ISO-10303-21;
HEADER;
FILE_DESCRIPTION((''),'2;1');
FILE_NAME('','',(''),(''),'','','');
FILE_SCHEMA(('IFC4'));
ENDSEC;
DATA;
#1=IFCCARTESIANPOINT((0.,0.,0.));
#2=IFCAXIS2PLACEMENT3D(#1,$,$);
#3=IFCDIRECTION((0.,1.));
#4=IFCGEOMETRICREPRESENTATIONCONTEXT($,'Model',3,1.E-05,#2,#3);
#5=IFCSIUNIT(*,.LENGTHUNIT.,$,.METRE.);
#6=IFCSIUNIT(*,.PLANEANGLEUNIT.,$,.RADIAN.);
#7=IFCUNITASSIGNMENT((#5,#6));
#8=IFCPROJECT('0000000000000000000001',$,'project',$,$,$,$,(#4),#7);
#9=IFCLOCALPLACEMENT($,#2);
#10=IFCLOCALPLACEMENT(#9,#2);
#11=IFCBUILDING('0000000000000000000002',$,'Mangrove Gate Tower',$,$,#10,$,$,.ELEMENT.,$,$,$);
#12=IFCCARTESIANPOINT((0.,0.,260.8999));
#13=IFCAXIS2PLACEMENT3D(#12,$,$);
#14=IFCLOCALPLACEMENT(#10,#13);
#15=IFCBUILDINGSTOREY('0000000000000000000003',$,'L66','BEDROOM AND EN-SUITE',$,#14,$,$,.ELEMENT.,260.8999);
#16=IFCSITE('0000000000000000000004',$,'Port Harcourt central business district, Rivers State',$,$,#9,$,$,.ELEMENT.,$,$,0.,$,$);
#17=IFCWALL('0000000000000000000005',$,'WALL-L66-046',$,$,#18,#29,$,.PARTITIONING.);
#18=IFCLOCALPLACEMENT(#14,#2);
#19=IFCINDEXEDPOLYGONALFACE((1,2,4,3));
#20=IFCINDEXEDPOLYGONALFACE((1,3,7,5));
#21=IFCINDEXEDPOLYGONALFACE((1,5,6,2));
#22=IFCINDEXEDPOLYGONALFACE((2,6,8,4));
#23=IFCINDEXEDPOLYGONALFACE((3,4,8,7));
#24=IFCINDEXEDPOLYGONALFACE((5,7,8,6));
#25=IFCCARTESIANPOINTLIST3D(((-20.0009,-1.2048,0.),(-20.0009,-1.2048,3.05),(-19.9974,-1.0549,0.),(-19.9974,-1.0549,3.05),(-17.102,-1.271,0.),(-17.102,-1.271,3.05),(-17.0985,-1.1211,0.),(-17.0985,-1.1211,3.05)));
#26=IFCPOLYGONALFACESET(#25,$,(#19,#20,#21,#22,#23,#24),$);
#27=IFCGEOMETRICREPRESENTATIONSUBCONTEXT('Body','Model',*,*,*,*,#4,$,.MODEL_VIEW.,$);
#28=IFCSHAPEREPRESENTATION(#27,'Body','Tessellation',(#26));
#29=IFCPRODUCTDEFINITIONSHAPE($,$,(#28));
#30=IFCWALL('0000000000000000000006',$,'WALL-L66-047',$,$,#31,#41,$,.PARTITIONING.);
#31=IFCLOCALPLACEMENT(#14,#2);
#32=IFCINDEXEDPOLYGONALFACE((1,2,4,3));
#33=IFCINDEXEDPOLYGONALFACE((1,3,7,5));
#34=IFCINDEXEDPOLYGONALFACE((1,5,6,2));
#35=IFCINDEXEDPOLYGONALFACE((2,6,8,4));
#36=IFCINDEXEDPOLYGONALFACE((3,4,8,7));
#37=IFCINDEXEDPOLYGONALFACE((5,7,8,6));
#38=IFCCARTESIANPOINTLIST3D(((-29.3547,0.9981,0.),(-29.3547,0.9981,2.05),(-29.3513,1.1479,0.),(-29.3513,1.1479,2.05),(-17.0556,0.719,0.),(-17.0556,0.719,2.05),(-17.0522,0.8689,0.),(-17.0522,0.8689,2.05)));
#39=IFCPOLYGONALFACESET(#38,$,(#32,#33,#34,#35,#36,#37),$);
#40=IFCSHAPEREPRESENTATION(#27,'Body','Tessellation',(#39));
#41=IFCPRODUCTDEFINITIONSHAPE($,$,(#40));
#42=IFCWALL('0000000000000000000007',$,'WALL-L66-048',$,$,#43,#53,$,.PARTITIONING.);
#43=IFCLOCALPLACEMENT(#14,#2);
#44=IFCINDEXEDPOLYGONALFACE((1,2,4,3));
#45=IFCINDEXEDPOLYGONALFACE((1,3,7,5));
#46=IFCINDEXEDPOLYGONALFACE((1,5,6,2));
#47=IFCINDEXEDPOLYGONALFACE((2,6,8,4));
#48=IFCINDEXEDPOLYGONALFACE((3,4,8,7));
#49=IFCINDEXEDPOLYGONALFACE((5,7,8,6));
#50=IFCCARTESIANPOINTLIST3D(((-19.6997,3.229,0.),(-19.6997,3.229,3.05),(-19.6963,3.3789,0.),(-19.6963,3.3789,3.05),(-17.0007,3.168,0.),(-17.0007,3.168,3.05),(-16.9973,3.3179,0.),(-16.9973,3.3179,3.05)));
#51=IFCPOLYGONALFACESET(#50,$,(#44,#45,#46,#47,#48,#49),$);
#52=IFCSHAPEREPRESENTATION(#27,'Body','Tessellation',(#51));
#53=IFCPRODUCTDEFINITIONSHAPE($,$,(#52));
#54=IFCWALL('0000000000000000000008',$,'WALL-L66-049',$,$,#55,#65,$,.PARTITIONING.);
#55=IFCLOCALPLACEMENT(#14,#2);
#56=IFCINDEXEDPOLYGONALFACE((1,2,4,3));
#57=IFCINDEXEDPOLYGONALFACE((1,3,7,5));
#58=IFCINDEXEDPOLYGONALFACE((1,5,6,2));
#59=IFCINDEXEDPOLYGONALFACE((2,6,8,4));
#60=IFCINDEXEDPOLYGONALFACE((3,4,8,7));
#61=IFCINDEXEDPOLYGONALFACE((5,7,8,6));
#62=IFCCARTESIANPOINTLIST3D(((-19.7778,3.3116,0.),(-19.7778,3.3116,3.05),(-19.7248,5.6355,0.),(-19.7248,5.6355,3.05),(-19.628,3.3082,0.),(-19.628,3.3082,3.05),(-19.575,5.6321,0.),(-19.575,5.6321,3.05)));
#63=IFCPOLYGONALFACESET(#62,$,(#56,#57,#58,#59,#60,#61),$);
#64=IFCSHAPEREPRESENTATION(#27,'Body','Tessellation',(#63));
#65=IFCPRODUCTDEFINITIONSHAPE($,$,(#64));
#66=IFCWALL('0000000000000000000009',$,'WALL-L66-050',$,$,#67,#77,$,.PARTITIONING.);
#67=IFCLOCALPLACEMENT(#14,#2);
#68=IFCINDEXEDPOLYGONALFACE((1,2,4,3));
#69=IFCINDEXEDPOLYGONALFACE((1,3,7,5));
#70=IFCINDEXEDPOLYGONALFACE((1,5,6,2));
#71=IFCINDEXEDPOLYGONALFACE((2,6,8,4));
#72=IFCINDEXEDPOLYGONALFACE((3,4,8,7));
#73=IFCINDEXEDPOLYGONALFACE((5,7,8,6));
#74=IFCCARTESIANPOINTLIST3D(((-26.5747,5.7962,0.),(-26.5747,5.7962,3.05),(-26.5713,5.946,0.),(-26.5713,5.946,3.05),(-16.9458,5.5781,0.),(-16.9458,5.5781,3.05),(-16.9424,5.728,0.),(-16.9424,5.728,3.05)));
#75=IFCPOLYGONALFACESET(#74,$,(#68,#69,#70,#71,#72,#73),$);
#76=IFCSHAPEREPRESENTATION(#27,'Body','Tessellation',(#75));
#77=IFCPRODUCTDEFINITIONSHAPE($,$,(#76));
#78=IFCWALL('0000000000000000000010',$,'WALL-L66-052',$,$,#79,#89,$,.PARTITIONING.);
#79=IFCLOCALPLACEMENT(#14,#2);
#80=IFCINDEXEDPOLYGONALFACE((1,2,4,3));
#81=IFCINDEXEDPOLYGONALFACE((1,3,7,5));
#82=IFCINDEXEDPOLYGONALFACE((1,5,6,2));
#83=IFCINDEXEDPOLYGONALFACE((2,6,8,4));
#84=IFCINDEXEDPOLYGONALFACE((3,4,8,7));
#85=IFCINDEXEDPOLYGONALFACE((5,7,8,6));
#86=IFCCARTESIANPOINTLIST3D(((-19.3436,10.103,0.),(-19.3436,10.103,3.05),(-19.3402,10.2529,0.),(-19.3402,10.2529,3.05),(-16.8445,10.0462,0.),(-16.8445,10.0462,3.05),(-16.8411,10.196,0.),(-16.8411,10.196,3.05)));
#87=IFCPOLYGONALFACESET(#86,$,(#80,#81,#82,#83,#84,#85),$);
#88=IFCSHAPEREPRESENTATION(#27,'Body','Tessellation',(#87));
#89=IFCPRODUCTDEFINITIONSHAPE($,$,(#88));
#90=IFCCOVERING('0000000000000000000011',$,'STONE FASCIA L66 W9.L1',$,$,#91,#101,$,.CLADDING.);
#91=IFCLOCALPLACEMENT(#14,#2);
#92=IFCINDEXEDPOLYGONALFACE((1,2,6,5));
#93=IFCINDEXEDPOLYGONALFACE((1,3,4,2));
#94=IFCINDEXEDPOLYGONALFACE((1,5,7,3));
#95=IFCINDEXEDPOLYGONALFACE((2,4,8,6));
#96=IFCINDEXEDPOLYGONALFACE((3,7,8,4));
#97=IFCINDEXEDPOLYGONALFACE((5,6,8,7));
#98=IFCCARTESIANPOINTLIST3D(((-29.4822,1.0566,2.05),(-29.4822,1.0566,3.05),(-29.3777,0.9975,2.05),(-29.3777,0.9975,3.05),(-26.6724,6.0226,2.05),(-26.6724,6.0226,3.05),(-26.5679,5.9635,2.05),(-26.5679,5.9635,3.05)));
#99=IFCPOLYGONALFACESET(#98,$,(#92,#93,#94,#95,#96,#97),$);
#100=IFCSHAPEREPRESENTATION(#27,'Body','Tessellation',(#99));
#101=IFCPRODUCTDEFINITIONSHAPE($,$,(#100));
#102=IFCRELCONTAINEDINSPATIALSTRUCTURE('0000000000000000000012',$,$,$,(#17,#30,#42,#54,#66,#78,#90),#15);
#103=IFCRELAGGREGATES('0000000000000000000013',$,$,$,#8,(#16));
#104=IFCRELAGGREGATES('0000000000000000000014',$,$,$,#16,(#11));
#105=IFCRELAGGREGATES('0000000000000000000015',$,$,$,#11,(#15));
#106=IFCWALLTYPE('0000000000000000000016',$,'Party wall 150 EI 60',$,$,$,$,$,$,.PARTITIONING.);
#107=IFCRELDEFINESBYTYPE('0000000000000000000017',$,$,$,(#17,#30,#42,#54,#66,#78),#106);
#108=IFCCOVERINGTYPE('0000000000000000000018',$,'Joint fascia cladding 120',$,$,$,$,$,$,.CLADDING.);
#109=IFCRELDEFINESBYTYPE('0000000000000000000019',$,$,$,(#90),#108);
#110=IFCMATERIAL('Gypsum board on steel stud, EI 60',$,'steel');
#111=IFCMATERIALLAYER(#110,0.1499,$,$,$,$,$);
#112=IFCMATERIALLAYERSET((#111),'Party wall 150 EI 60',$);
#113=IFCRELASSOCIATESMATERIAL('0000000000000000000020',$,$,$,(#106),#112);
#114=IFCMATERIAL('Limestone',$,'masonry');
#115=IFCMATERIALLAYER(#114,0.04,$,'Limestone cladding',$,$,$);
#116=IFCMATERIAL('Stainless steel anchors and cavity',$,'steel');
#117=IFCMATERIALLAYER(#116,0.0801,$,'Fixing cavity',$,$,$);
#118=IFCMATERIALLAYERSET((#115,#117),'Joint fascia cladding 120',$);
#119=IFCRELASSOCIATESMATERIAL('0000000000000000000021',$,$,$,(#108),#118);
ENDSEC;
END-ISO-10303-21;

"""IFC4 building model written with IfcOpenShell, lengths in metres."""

from ifc_helpers import new_model, si_unit, direction, frame, frame_2d, origin, place, context, subcontext, project, spatial, rectangle, extrude, material, layer, layer_set, type_object, element, save


model = new_model("IFC4")

# Units and contexts
model_context = context("Model", 3, precision=1e-05, world=origin(), true_north=direction((0.0, 1.0)))
body_context = subcontext(model_context, "Body", "Model", "MODEL_VIEW")
ifc_project = project(units=[si_unit("LENGTHUNIT", "METRE"), si_unit("PLANEANGLEUNIT", "RADIAN")], contexts=[model_context])

# Site, building, storey
site_placement = place(None, origin())
site = spatial("IfcSite", under=ifc_project, at=site_placement, Name="Port Harcourt central business district, Rivers State", CompositionType="ELEMENT", RefElevation=0.0)
building_placement = place(site_placement, origin())
building = spatial("IfcBuilding", under=site, at=building_placement, Name="Mangrove Gate Tower", CompositionType="ELEMENT")
storey_placement = place(building_placement, frame((0.0, 0.0, 260.8999)))
storey = spatial("IfcBuildingStorey", under=building, at=storey_placement, Name="L66", Description="BEDROOM AND EN-SUITE", CompositionType="ELEMENT", Elevation=260.8999)

# Shared definitions
ifc_material_1 = material(Name="Limestone", Category="masonry")

# Walls
ifc_material_2 = material(Name="Gypsum board on steel stud, EI 60", Category="steel")
ifc_layer_1 = layer(ifc_material_2, 0.1499)
ifc_layer_set_1 = layer_set([ifc_layer_1], Name="Party wall 150 EI 60")
wall_type_1 = type_object("IfcWallType", Name="Party wall 150 EI 60", PredefinedType="PARTITIONING", material=ifc_layer_set_1)
wall_1_placement = place(storey_placement, frame((-19.999, -1.1299, 0.0), z_axis=(0.0, 0.0, 1.0), x_axis=(0.99974, -0.022817, 0.0)))
element("IfcWall", 1, at=wall_1_placement, inside=storey, type_object=wall_type_1, Name="WALL-L66-046", PredefinedType="PARTITIONING", context=body_context, shape_type="SweptSolid", body=[
    extrude(rectangle(XDim=2.8997, YDim=0.1499, at=frame_2d((1.4497, 0.0))), origin(), (0.0, 0.0, 1.0), 3.05),
])
wall_2_placement = place(storey_placement, frame((-29.353, 1.073, 0.0), z_axis=(0.0, 0.0, 1.0), x_axis=(0.999743, -0.022683, 0.0)))
element("IfcWall", 2, at=wall_2_placement, inside=storey, type_object=wall_type_1, Name="WALL-L66-047", PredefinedType="PARTITIONING", context=body_context, shape_type="SweptSolid", body=[
    extrude(rectangle(XDim=12.3022, YDim=0.1499, at=frame_2d((6.1511, 0.0))), origin(), (0.0, 0.0, 1.0), 2.05),
])
wall_3_placement = place(storey_placement, frame((-19.698, 3.304, 0.0), z_axis=(0.0, 0.0, 1.0), x_axis=(0.999744, -0.022608, 0.0)))
element("IfcWall", 3, at=wall_3_placement, inside=storey, type_object=wall_type_1, Name="WALL-L66-048", PredefinedType="PARTITIONING", context=body_context, shape_type="SweptSolid", body=[
    extrude(rectangle(XDim=2.6997, YDim=0.1499, at=frame_2d((1.3499, 0.0))), origin(), (0.0, 0.0, 1.0), 3.05),
])
wall_4_placement = place(storey_placement, frame((-19.7029, 3.3101, 0.0), z_axis=(0.0, 0.0, 1.0), x_axis=(0.022791, 0.99974, 0.0)))
element("IfcWall", 4, at=wall_4_placement, inside=storey, type_object=wall_type_1, Name="WALL-L66-049", PredefinedType="PARTITIONING", context=body_context, shape_type="SweptSolid", body=[
    extrude(rectangle(XDim=2.3245, YDim=0.1499, at=frame_2d((1.1621, 0.0))), origin(), (0.0, 0.0, 1.0), 3.05),
])
wall_5_placement = place(storey_placement, frame((-26.573, 5.8711, 0.0), z_axis=(0.0, 0.0, 1.0), x_axis=(0.999744, -0.022636, 0.0)))
element("IfcWall", 5, at=wall_5_placement, inside=storey, type_object=wall_type_1, Name="WALL-L66-050", PredefinedType="PARTITIONING", context=body_context, shape_type="SweptSolid", body=[
    extrude(rectangle(XDim=9.6313, YDim=0.1499, at=frame_2d((4.8157, 0.0))), origin(), (0.0, 0.0, 1.0), 3.05),
])
wall_6_placement = place(storey_placement, frame((-19.342, 10.178, 0.0), z_axis=(0.0, 0.0, 1.0), x_axis=(0.999741, -0.022757, 0.0)))
element("IfcWall", 6, at=wall_6_placement, inside=storey, type_object=wall_type_1, Name="WALL-L66-052", PredefinedType="PARTITIONING", context=body_context, shape_type="SweptSolid", body=[
    extrude(rectangle(XDim=2.4998, YDim=0.1499, at=frame_2d((1.25, 0.0))), origin(), (0.0, 0.0, 1.0), 3.05),
])

# Covering
ifc_layer_2 = layer(ifc_material_1, 0.04, Name="Limestone cladding")
ifc_material_3 = material(Name="Stainless steel anchors and cavity", Category="steel")
ifc_layer_3 = layer(ifc_material_3, 0.0801, Name="Fixing cavity")
ifc_layer_set_2 = layer_set([ifc_layer_2, ifc_layer_3], Name="Joint fascia cladding 120")
covering_type = type_object("IfcCoveringType", Name="Joint fascia cladding 120", PredefinedType="CLADDING", material=ifc_layer_set_2)
covering_placement = place(storey_placement, frame((-26.6201, 5.9932, 2.05), z_axis=(0.0, 0.0, 1.0), x_axis=(-0.492444, -0.870344, 0.0)))
element("IfcCovering", 7, at=covering_placement, inside=storey, type_object=covering_type, Name="STONE FASCIA L66 W9.L1", PredefinedType="CLADDING", context=body_context, shape_type="SweptSolid", body=[
    extrude(rectangle(XDim=5.7058, YDim=0.1201, at=frame_2d((2.853, 0.0))), origin(), (0.0, 0.0, 1.0), 1.0),
])

save(model, "model.ifc")
